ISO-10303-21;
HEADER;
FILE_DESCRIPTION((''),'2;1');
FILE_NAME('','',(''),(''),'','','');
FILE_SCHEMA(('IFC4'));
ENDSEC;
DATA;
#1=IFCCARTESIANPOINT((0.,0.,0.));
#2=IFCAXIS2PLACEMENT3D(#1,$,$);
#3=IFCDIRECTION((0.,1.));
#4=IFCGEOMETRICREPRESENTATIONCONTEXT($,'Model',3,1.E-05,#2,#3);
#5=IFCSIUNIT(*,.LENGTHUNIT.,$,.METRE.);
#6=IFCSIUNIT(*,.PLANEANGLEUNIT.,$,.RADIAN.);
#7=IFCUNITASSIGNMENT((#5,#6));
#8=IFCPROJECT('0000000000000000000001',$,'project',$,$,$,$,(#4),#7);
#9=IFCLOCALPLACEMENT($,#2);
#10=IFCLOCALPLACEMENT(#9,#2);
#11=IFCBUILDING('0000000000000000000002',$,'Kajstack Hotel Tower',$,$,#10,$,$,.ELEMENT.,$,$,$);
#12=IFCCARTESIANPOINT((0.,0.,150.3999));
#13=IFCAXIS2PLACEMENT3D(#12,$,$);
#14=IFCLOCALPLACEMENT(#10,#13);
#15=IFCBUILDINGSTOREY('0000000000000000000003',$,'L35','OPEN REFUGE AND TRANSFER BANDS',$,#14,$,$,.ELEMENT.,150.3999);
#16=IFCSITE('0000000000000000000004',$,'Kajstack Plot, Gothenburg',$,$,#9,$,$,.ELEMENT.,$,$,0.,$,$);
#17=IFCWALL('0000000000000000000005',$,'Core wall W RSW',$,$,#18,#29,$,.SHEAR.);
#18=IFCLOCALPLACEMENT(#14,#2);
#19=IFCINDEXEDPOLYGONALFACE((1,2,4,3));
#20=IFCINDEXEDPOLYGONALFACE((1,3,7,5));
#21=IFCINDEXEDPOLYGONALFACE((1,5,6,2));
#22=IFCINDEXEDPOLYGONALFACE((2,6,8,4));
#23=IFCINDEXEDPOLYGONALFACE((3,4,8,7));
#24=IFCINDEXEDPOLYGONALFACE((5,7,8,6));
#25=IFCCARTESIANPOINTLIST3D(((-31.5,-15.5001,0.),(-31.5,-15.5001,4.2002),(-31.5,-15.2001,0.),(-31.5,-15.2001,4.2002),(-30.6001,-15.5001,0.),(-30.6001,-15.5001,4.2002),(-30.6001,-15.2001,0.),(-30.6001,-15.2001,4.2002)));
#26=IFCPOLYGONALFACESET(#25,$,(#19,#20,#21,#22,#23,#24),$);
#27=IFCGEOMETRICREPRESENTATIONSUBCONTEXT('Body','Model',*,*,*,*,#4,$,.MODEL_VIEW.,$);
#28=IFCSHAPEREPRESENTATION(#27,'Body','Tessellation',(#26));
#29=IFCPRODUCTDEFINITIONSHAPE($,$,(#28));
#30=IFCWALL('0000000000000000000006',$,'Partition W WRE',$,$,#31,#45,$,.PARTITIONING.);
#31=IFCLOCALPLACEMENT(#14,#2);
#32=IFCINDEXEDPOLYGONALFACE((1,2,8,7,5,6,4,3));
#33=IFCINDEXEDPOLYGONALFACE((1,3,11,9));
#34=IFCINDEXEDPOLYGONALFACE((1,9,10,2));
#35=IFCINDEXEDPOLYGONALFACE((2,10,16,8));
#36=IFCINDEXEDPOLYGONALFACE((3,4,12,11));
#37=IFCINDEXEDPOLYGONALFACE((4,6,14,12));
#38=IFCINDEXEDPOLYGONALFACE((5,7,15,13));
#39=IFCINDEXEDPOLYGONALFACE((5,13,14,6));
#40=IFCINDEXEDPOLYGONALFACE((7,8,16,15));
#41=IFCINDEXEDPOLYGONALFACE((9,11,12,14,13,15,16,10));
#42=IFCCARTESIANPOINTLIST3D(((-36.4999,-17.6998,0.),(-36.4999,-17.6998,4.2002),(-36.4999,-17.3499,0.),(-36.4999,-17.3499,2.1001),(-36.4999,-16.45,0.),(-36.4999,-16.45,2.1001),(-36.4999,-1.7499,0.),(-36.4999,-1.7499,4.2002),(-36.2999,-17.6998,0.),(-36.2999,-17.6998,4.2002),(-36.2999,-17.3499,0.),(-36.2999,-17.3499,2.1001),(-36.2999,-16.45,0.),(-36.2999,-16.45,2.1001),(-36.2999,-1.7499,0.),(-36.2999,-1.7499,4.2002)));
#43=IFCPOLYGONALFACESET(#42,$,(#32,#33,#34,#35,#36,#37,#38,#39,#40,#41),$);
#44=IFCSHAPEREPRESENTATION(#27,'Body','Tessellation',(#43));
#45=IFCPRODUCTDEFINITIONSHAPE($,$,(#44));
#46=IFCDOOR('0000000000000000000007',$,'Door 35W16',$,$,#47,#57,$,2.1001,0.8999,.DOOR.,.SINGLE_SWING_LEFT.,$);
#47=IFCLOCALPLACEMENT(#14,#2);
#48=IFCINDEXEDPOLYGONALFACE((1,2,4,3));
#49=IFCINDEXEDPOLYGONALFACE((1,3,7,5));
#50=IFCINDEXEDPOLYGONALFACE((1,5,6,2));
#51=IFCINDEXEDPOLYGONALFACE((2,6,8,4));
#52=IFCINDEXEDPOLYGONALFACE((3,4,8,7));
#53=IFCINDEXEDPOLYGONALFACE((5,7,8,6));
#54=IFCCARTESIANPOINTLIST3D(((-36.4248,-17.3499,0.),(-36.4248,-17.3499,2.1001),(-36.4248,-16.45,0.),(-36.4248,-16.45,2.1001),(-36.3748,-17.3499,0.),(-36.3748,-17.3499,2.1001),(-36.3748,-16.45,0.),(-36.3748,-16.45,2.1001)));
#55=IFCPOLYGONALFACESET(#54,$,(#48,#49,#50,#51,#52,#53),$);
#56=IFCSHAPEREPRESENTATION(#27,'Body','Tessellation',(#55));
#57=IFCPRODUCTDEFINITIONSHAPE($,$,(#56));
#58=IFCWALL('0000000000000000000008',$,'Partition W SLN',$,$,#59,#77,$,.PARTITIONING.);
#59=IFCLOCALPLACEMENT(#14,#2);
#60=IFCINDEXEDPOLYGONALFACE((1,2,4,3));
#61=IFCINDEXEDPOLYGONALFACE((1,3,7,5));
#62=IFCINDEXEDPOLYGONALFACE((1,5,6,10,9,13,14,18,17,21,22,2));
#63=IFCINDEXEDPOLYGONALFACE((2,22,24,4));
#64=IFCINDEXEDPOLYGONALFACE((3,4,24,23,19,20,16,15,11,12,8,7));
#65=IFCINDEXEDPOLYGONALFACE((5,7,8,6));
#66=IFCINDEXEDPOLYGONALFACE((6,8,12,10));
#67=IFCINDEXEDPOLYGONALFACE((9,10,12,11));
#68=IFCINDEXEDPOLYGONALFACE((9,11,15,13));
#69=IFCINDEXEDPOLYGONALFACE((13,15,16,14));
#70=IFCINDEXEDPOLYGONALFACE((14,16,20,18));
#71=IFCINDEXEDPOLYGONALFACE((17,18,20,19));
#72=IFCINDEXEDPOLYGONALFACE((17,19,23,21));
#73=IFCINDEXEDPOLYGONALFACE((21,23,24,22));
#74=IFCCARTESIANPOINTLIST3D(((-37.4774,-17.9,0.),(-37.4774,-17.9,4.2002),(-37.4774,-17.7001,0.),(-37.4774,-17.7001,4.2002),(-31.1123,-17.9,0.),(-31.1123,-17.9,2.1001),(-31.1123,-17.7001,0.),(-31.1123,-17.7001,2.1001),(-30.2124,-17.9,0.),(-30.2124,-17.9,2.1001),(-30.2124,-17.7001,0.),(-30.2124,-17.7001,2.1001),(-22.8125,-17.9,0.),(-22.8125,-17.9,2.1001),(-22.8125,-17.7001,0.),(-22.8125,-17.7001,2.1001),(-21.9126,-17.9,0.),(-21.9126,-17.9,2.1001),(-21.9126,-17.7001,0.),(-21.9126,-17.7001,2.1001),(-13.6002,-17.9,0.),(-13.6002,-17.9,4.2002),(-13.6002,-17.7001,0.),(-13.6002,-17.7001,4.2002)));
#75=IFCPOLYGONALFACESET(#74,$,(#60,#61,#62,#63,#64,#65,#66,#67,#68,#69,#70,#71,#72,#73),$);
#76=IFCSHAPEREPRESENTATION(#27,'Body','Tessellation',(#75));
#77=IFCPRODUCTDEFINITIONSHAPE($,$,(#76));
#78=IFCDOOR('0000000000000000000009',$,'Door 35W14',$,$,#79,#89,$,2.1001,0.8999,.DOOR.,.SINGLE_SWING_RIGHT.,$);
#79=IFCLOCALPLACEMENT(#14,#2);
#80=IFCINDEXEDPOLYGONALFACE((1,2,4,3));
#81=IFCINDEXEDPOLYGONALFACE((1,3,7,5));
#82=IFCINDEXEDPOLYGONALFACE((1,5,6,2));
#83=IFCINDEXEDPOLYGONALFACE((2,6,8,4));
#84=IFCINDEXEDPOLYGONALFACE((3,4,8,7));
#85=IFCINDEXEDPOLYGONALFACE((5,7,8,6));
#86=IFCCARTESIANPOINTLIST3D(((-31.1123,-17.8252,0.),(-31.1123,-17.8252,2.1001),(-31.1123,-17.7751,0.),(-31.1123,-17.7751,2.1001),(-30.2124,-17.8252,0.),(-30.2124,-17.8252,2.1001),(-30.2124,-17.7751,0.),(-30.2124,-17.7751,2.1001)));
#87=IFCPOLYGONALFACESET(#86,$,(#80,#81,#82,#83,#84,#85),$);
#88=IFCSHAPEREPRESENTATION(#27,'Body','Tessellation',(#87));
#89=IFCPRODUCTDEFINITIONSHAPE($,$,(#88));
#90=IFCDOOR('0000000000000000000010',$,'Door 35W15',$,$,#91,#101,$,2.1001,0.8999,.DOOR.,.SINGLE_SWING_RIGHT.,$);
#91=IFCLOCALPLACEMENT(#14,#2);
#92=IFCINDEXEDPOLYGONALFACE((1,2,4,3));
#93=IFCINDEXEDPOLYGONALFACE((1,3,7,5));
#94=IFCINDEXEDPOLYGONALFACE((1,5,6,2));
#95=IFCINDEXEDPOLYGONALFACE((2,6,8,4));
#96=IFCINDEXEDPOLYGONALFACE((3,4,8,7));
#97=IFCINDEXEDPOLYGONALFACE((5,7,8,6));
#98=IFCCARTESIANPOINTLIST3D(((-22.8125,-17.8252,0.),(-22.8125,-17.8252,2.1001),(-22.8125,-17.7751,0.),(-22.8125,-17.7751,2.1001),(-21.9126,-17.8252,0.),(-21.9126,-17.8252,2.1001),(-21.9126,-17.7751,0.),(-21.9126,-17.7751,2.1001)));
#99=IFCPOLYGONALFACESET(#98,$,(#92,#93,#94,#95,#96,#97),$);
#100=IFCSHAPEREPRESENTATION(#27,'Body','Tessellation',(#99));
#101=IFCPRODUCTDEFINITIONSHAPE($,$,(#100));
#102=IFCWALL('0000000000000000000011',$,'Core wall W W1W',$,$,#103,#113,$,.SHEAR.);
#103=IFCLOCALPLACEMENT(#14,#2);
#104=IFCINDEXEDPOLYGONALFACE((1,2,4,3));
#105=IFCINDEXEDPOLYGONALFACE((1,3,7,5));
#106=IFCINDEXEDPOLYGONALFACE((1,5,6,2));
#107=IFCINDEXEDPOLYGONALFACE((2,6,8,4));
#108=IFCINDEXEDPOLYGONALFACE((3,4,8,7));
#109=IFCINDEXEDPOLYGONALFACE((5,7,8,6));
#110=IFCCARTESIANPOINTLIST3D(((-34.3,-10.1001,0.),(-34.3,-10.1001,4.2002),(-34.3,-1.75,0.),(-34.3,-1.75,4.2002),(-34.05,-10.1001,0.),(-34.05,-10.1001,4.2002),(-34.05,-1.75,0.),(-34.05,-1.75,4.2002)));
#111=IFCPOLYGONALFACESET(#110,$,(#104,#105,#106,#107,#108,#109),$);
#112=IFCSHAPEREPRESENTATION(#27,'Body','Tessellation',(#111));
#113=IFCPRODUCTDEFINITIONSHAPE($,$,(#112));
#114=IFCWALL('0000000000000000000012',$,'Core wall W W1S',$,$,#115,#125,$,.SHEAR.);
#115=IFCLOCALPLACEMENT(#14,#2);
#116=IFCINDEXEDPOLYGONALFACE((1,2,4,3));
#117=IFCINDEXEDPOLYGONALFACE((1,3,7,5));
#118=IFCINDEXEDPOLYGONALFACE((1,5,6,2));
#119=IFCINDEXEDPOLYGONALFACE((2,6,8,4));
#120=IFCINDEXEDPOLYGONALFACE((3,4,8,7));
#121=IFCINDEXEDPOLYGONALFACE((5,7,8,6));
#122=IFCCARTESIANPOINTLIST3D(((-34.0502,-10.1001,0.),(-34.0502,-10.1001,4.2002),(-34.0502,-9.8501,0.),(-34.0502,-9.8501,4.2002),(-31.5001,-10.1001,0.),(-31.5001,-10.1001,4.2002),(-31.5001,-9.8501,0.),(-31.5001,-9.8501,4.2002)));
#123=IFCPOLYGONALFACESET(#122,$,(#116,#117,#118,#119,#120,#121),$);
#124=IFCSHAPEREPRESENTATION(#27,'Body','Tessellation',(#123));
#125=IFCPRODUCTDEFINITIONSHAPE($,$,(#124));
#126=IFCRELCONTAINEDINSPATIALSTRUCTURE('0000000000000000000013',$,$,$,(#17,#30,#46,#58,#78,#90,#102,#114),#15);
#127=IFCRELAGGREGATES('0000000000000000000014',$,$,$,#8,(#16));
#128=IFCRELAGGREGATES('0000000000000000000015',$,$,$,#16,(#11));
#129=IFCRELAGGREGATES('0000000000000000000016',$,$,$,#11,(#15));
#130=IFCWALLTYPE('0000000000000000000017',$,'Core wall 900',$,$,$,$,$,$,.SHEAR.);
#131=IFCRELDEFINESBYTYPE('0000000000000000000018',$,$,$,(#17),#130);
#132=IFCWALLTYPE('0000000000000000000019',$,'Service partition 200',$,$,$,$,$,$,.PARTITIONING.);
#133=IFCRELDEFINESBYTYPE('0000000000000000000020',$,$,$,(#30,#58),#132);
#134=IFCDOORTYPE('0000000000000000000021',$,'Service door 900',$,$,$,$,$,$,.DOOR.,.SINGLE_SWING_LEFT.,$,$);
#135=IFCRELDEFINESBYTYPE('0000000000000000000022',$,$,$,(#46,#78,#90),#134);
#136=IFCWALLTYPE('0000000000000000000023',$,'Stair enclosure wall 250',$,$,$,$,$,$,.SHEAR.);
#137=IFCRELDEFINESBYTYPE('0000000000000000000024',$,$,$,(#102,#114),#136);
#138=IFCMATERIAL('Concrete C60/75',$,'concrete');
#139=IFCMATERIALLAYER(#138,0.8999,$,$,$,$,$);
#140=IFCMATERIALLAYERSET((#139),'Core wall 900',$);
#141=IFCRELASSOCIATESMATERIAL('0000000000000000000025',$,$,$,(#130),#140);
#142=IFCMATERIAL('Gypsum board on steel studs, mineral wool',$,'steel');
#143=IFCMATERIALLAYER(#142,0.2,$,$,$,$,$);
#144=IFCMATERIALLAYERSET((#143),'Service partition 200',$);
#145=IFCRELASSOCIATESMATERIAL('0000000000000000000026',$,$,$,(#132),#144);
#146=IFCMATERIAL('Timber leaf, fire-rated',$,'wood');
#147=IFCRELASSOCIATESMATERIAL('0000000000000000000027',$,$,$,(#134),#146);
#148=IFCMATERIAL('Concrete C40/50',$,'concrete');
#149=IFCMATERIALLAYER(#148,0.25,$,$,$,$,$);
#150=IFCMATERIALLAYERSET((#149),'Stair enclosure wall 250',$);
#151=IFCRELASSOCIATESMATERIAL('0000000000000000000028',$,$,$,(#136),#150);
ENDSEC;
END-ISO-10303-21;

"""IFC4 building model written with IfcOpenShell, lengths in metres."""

from ifc_helpers import new_model, si_unit, direction, frame, frame_2d, origin, place, context, subcontext, project, spatial, rectangle, extrude, material, layer, layer_set, type_object, element, fill, save


model = new_model("IFC4")

# Units and contexts
model_context = context("Model", 3, precision=1e-05, world=origin(), true_north=direction((0.0, 1.0)))
body_context = subcontext(model_context, "Body", "Model", "MODEL_VIEW")
ifc_project = project(units=[si_unit("LENGTHUNIT", "METRE"), si_unit("PLANEANGLEUNIT", "RADIAN")], contexts=[model_context])

# Site, building, storey
site_placement = place(None, origin())
site = spatial("IfcSite", under=ifc_project, at=site_placement, Name="Kajstack Plot, Gothenburg", CompositionType="ELEMENT", RefElevation=0.0)
building_placement = place(site_placement, origin())
building = spatial("IfcBuilding", under=site, at=building_placement, Name="Kajstack Hotel Tower", CompositionType="ELEMENT")
storey_placement = place(building_placement, frame((0.0, 0.0, 150.3999)))
storey = spatial("IfcBuildingStorey", under=building, at=storey_placement, Name="L35", Description="OPEN REFUGE AND TRANSFER BANDS", CompositionType="ELEMENT", Elevation=150.3999)

# Wall
ifc_material_1 = material(Name="Concrete C60/75", Category="concrete")
ifc_layer_1 = layer(ifc_material_1, 0.8999)
ifc_layer_set_1 = layer_set([ifc_layer_1], Name="Core wall 900")
wall_type_1 = type_object("IfcWallType", Name="Core wall 900", PredefinedType="SHEAR", material=ifc_layer_set_1)
wall_1_placement = place(storey_placement, frame((-31.5, -15.3501, 0.0), z_axis=(0.0, 0.0, 1.0), x_axis=(1.0, 0.0, 0.0)))
element("IfcWall", 1, at=wall_1_placement, inside=storey, type_object=wall_type_1, Name="Core wall W RSW", PredefinedType="SHEAR", context=body_context, shape_type="SweptSolid", body=[
    extrude(rectangle(XDim=0.8999, YDim=0.3, at=frame_2d((0.45, 0.0))), origin(), (0.0, 0.0, 1.0), 4.2002),
])

# Wall, opening, door
ifc_material_2 = material(Name="Gypsum board on steel studs, mineral wool", Category="steel")
ifc_layer_2 = layer(ifc_material_2, 0.2)
ifc_layer_set_2 = layer_set([ifc_layer_2], Name="Service partition 200")
wall_type_2 = type_object("IfcWallType", Name="Service partition 200", PredefinedType="PARTITIONING", material=ifc_layer_set_2)
wall_2_placement = place(storey_placement, frame((-36.3999, -17.7, 0.0), z_axis=(0.0, 0.0, 1.0), x_axis=(0.0, 1.0, 0.0)))
wall_2 = element("IfcWall", 2, at=wall_2_placement, inside=storey, type_object=wall_type_2, Name="Partition W WRE", PredefinedType="PARTITIONING", context=body_context, shape_type="SweptSolid", body=[
    extrude(rectangle(XDim=15.95, YDim=0.2, at=frame_2d((7.9751, 0.0))), origin(), (0.0, 0.0, 1.0), 4.2002),
])
opening_1_placement = place(wall_2_placement, frame((0.3501, 0.0, 0.0)))
opening_1 = element("IfcOpeningElement", 3, at=opening_1_placement, cuts=wall_2, PredefinedType="OPENING", context=body_context, shape_type="SweptSolid", body=[
    extrude(rectangle(XDim=0.8999, YDim=2.1001, at=frame_2d((0.45, 1.05))), frame((0.0, 0.1099, 0.0), z_axis=(0.0, -1.0, 0.0), x_axis=(1.0, 0.0, 0.0)), (0.0, 0.0, 1.0), 0.22),
])
ifc_material_3 = material(Name="Timber leaf, fire-rated", Category="wood")
door_type = type_object("IfcDoorType", Name="Service door 900", OperationType="SINGLE_SWING_LEFT", PredefinedType="DOOR", material=ifc_material_3)
door_1_placement = place(opening_1_placement, origin())
door_1 = element("IfcDoor", 4, at=door_1_placement, inside=storey, type_object=door_type, Name="Door 35W16", OperationType="SINGLE_SWING_LEFT", OverallHeight=2.1001, OverallWidth=0.8999, PredefinedType="DOOR", context=body_context, shape_type="SweptSolid", body=[
    extrude(rectangle(XDim=0.8999, YDim=2.1001, at=frame_2d((0.45, 1.05))), frame((0.0, 0.0249, 0.0), z_axis=(0.0, -1.0, 0.0), x_axis=(1.0, 0.0, 0.0)), (0.0, 0.0, 1.0), 0.05),
])
fill(opening_1, door_1)

# Wall, openings, doors
wall_3_placement = place(storey_placement, frame((-37.4773, -17.8, 0.0), z_axis=(0.0, 0.0, 1.0), x_axis=(1.0, 0.0, 0.0)))
wall_3 = element("IfcWall", 5, at=wall_3_placement, inside=storey, type_object=wall_type_2, Name="Partition W SLN", PredefinedType="PARTITIONING", context=body_context, shape_type="SweptSolid", body=[
    extrude(rectangle(XDim=23.8772, YDim=0.2, at=frame_2d((11.9385, 0.0))), origin(), (0.0, 0.0, 1.0), 4.2002),
])
opening_2_placement = place(wall_3_placement, frame((6.365, 0.0, 0.0)))
opening_2 = element("IfcOpeningElement", 6, at=opening_2_placement, cuts=wall_3, PredefinedType="OPENING", context=body_context, shape_type="SweptSolid", body=[
    extrude(rectangle(XDim=0.8999, YDim=2.1001, at=frame_2d((0.45, 1.05))), frame((0.0, 0.1099, 0.0), z_axis=(0.0, -1.0, 0.0), x_axis=(1.0, 0.0, 0.0)), (0.0, 0.0, 1.0), 0.22),
])
opening_3_placement = place(wall_3_placement, frame((14.6648, 0.0, 0.0)))
opening_3 = element("IfcOpeningElement", 7, at=opening_3_placement, cuts=wall_3, PredefinedType="OPENING", context=body_context, shape_type="SweptSolid", body=[
    extrude(rectangle(XDim=0.8999, YDim=2.1001, at=frame_2d((0.45, 1.05))), frame((0.0, 0.1099, 0.0), z_axis=(0.0, -1.0, 0.0), x_axis=(1.0, 0.0, 0.0)), (0.0, 0.0, 1.0), 0.22),
])
door_2_placement = place(opening_2_placement, origin())
door_2 = element("IfcDoor", 8, at=door_2_placement, inside=storey, type_object=door_type, Name="Door 35W14", OperationType="SINGLE_SWING_RIGHT", OverallHeight=2.1001, OverallWidth=0.8999, PredefinedType="DOOR", context=body_context, shape_type="SweptSolid", body=[
    extrude(rectangle(XDim=0.8999, YDim=2.1001, at=frame_2d((0.45, 1.05))), frame((0.0, 0.0249, 0.0), z_axis=(0.0, -1.0, 0.0), x_axis=(1.0, 0.0, 0.0)), (0.0, 0.0, 1.0), 0.05),
])
fill(opening_2, door_2)
door_3_placement = place(opening_3_placement, origin())
door_3 = element("IfcDoor", 9, at=door_3_placement, inside=storey, type_object=door_type, Name="Door 35W15", OperationType="SINGLE_SWING_RIGHT", OverallHeight=2.1001, OverallWidth=0.8999, PredefinedType="DOOR", context=body_context, shape_type="SweptSolid", body=[
    extrude(rectangle(XDim=0.8999, YDim=2.1001, at=frame_2d((0.45, 1.05))), frame((0.0, 0.0249, 0.0), z_axis=(0.0, -1.0, 0.0), x_axis=(1.0, 0.0, 0.0)), (0.0, 0.0, 1.0), 0.05),
])
fill(opening_3, door_3)

# Walls
ifc_material_4 = material(Name="Concrete C40/50", Category="concrete")
ifc_layer_3 = layer(ifc_material_4, 0.25)
ifc_layer_set_3 = layer_set([ifc_layer_3], Name="Stair enclosure wall 250")
wall_type_3 = type_object("IfcWallType", Name="Stair enclosure wall 250", PredefinedType="SHEAR", material=ifc_layer_set_3)
wall_4_placement = place(storey_placement, frame((-34.175, -10.1001, 0.0), z_axis=(0.0, 0.0, 1.0), x_axis=(0.0, 1.0, 0.0)))
element("IfcWall", 10, at=wall_4_placement, inside=storey, type_object=wall_type_3, Name="Core wall W W1W", PredefinedType="SHEAR", context=body_context, shape_type="SweptSolid", body=[
    extrude(rectangle(XDim=8.3501, YDim=0.25, at=frame_2d((4.175, 0.0))), origin(), (0.0, 0.0, 1.0), 4.2002),
])
wall_5_placement = place(storey_placement, frame((-34.05, -9.9751, 0.0), z_axis=(0.0, 0.0, 1.0), x_axis=(1.0, 0.0, 0.0)))
element("IfcWall", 11, at=wall_5_placement, inside=storey, type_object=wall_type_3, Name="Core wall W W1S", PredefinedType="SHEAR", context=body_context, shape_type="SweptSolid", body=[
    extrude(rectangle(XDim=2.55, YDim=0.25, at=frame_2d((1.2749, 0.0))), origin(), (0.0, 0.0, 1.0), 4.2002),
])

save(model, "model.ifc")
